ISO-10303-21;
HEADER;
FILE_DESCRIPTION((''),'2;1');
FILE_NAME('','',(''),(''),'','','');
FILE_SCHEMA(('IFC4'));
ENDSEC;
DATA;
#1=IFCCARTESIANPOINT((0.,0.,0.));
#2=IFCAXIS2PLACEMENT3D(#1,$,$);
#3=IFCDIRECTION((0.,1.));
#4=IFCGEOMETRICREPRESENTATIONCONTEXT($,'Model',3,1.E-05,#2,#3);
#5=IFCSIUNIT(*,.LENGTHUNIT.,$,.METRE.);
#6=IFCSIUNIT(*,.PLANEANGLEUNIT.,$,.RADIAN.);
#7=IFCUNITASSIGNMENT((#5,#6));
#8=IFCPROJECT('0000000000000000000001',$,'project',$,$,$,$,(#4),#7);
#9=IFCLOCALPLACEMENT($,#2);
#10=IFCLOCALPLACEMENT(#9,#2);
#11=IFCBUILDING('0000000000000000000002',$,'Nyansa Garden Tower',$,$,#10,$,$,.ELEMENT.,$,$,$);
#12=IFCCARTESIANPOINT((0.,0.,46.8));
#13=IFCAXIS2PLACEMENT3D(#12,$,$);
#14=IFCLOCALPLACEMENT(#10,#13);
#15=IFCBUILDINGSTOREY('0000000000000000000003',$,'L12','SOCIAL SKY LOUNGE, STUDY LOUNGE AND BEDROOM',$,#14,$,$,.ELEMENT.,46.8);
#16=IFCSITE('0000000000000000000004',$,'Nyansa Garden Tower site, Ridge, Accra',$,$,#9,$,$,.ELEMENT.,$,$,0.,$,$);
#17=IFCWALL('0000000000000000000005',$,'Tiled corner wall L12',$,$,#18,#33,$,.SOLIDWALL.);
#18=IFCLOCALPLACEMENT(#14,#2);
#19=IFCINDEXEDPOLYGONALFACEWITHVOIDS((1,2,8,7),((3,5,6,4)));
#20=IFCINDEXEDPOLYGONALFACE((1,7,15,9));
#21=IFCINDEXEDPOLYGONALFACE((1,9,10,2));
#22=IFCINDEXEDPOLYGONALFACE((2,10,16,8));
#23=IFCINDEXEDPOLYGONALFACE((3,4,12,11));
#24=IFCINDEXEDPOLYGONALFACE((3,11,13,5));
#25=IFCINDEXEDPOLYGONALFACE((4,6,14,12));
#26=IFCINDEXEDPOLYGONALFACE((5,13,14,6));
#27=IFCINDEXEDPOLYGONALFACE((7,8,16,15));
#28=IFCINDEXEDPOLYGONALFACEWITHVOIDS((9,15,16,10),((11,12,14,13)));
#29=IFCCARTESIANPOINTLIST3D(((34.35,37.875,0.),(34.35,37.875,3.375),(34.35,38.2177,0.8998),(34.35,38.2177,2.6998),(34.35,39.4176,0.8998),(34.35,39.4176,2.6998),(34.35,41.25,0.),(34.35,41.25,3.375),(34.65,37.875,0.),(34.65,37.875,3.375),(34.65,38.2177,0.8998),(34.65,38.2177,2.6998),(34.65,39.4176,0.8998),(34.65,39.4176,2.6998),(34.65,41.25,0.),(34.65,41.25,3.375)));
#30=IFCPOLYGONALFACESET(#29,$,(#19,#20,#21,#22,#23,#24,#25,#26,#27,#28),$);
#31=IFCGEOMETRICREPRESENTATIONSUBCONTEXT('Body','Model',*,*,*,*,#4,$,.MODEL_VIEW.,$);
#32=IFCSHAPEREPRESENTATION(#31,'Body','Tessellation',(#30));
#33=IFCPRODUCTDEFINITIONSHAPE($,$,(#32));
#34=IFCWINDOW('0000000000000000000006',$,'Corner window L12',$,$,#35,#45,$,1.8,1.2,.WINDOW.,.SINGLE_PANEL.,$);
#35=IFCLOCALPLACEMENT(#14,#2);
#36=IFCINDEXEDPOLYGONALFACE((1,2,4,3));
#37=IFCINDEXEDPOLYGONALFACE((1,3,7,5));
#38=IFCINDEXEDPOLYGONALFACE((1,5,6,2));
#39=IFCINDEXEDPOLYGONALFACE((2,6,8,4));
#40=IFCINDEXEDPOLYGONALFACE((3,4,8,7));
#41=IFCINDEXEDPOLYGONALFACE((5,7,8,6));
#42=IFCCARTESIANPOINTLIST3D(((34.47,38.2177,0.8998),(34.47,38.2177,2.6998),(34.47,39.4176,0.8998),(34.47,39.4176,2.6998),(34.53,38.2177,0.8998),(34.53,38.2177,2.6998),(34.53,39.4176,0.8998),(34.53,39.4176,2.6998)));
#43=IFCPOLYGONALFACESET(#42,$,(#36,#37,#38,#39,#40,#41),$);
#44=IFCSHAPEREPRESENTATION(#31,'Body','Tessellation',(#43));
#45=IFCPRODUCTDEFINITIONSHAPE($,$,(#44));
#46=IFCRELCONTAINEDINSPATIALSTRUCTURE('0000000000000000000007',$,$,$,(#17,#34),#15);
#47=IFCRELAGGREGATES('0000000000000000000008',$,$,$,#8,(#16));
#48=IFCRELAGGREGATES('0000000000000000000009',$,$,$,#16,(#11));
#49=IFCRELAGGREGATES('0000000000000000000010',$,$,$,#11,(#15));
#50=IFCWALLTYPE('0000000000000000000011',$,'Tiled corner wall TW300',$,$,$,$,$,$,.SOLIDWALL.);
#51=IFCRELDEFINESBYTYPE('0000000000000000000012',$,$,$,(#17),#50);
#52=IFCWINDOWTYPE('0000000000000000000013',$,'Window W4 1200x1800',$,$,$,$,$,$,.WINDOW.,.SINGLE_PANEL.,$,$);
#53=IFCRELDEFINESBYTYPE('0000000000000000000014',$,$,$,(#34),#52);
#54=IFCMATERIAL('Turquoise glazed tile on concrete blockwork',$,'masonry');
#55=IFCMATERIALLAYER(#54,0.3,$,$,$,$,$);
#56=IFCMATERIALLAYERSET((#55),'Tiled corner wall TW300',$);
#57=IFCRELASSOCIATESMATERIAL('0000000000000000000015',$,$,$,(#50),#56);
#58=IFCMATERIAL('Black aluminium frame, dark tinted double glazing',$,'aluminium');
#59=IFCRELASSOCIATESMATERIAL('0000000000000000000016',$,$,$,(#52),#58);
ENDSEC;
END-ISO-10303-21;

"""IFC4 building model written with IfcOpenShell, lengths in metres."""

from ifc_helpers import new_model, si_unit, direction, frame, frame_2d, origin, place, context, subcontext, project, spatial, rectangle, extrude, material, layer, layer_set, type_object, element, fill, save


model = new_model("IFC4")

# Units and contexts
model_context = context("Model", 3, precision=1e-05, world=origin(), true_north=direction((0.0, 1.0)))
body_context = subcontext(model_context, "Body", "Model", "MODEL_VIEW")
ifc_project = project(units=[si_unit("LENGTHUNIT", "METRE"), si_unit("PLANEANGLEUNIT", "RADIAN")], contexts=[model_context])

# Site, building, storey
site_placement = place(None, origin())
site = spatial("IfcSite", under=ifc_project, at=site_placement, Name="Nyansa Garden Tower site, Ridge, Accra", CompositionType="ELEMENT", RefElevation=0.0)
building_placement = place(site_placement, origin())
building = spatial("IfcBuilding", under=site, at=building_placement, Name="Nyansa Garden Tower", CompositionType="ELEMENT")
storey_placement = place(building_placement, frame((0.0, 0.0, 46.8)))
storey = spatial("IfcBuildingStorey", under=building, at=storey_placement, Name="L12", Description="SOCIAL SKY LOUNGE, STUDY LOUNGE AND BEDROOM", CompositionType="ELEMENT", Elevation=46.8)

# Wall, opening, window
ifc_material_1 = material(Name="Turquoise glazed tile on concrete blockwork", Category="masonry")
ifc_layer_1 = layer(ifc_material_1, 0.3)
ifc_layer_set_1 = layer_set([ifc_layer_1], Name="Tiled corner wall TW300")
wall_type_1 = type_object("IfcWallType", Name="Tiled corner wall TW300", PredefinedType="SOLIDWALL", material=ifc_layer_set_1)
ifc_material_2 = material(Name="Black aluminium frame, dark tinted double glazing", Category="aluminium")
window_type_1 = type_object("IfcWindowType", Name="Window W4 1200x1800", PartitioningType="SINGLE_PANEL", PredefinedType="WINDOW", material=ifc_material_2)
wall_1_placement = place(storey_placement, frame((34.5, 37.875, 0.0), z_axis=(0.0, 0.0, 1.0), x_axis=(0.0, 1.0, 0.0)))
wall_1 = element("IfcWall", 1, at=wall_1_placement, inside=storey, type_object=wall_type_1, Name="Tiled corner wall L12", PredefinedType="SOLIDWALL", context=body_context, shape_type="SweptSolid", body=[
    extrude(rectangle(XDim=3.375, YDim=0.3, at=frame_2d((1.6875, 0.0))), origin(), (0.0, 0.0, 1.0), 3.375),
])
opening_1_placement = place(wall_1_placement, frame((0.3425, 0.0, 0.8999)))
opening_1 = element("IfcOpeningElement", 2, at=opening_1_placement, cuts=wall_1, PredefinedType="OPENING", context=body_context, shape_type="SweptSolid", body=[
    extrude(rectangle(XDim=1.2, YDim=1.8, at=frame_2d((0.6001, 0.8999))), frame((0.0, 0.1599, 0.0), z_axis=(0.0, -1.0, 0.0), x_axis=(1.0, 0.0, 0.0)), (0.0, 0.0, 1.0), 0.3201),
])
window_1_placement = place(opening_1_placement, origin())
window_1 = element("IfcWindow", 3, at=window_1_placement, inside=storey, type_object=window_type_1, Name="Corner window L12", OverallHeight=1.8, OverallWidth=1.2, PartitioningType="SINGLE_PANEL", PredefinedType="WINDOW", context=body_context, shape_type="SweptSolid", body=[
    extrude(rectangle(XDim=1.2, YDim=1.8, at=frame_2d((0.6001, 0.8999))), frame((0.0, 0.03, 0.0), z_axis=(0.0, -1.0, 0.0), x_axis=(1.0, 0.0, 0.0)), (0.0, 0.0, 1.0), 0.0601),
])
fill(opening_1, window_1)

save(model, "model.ifc")
